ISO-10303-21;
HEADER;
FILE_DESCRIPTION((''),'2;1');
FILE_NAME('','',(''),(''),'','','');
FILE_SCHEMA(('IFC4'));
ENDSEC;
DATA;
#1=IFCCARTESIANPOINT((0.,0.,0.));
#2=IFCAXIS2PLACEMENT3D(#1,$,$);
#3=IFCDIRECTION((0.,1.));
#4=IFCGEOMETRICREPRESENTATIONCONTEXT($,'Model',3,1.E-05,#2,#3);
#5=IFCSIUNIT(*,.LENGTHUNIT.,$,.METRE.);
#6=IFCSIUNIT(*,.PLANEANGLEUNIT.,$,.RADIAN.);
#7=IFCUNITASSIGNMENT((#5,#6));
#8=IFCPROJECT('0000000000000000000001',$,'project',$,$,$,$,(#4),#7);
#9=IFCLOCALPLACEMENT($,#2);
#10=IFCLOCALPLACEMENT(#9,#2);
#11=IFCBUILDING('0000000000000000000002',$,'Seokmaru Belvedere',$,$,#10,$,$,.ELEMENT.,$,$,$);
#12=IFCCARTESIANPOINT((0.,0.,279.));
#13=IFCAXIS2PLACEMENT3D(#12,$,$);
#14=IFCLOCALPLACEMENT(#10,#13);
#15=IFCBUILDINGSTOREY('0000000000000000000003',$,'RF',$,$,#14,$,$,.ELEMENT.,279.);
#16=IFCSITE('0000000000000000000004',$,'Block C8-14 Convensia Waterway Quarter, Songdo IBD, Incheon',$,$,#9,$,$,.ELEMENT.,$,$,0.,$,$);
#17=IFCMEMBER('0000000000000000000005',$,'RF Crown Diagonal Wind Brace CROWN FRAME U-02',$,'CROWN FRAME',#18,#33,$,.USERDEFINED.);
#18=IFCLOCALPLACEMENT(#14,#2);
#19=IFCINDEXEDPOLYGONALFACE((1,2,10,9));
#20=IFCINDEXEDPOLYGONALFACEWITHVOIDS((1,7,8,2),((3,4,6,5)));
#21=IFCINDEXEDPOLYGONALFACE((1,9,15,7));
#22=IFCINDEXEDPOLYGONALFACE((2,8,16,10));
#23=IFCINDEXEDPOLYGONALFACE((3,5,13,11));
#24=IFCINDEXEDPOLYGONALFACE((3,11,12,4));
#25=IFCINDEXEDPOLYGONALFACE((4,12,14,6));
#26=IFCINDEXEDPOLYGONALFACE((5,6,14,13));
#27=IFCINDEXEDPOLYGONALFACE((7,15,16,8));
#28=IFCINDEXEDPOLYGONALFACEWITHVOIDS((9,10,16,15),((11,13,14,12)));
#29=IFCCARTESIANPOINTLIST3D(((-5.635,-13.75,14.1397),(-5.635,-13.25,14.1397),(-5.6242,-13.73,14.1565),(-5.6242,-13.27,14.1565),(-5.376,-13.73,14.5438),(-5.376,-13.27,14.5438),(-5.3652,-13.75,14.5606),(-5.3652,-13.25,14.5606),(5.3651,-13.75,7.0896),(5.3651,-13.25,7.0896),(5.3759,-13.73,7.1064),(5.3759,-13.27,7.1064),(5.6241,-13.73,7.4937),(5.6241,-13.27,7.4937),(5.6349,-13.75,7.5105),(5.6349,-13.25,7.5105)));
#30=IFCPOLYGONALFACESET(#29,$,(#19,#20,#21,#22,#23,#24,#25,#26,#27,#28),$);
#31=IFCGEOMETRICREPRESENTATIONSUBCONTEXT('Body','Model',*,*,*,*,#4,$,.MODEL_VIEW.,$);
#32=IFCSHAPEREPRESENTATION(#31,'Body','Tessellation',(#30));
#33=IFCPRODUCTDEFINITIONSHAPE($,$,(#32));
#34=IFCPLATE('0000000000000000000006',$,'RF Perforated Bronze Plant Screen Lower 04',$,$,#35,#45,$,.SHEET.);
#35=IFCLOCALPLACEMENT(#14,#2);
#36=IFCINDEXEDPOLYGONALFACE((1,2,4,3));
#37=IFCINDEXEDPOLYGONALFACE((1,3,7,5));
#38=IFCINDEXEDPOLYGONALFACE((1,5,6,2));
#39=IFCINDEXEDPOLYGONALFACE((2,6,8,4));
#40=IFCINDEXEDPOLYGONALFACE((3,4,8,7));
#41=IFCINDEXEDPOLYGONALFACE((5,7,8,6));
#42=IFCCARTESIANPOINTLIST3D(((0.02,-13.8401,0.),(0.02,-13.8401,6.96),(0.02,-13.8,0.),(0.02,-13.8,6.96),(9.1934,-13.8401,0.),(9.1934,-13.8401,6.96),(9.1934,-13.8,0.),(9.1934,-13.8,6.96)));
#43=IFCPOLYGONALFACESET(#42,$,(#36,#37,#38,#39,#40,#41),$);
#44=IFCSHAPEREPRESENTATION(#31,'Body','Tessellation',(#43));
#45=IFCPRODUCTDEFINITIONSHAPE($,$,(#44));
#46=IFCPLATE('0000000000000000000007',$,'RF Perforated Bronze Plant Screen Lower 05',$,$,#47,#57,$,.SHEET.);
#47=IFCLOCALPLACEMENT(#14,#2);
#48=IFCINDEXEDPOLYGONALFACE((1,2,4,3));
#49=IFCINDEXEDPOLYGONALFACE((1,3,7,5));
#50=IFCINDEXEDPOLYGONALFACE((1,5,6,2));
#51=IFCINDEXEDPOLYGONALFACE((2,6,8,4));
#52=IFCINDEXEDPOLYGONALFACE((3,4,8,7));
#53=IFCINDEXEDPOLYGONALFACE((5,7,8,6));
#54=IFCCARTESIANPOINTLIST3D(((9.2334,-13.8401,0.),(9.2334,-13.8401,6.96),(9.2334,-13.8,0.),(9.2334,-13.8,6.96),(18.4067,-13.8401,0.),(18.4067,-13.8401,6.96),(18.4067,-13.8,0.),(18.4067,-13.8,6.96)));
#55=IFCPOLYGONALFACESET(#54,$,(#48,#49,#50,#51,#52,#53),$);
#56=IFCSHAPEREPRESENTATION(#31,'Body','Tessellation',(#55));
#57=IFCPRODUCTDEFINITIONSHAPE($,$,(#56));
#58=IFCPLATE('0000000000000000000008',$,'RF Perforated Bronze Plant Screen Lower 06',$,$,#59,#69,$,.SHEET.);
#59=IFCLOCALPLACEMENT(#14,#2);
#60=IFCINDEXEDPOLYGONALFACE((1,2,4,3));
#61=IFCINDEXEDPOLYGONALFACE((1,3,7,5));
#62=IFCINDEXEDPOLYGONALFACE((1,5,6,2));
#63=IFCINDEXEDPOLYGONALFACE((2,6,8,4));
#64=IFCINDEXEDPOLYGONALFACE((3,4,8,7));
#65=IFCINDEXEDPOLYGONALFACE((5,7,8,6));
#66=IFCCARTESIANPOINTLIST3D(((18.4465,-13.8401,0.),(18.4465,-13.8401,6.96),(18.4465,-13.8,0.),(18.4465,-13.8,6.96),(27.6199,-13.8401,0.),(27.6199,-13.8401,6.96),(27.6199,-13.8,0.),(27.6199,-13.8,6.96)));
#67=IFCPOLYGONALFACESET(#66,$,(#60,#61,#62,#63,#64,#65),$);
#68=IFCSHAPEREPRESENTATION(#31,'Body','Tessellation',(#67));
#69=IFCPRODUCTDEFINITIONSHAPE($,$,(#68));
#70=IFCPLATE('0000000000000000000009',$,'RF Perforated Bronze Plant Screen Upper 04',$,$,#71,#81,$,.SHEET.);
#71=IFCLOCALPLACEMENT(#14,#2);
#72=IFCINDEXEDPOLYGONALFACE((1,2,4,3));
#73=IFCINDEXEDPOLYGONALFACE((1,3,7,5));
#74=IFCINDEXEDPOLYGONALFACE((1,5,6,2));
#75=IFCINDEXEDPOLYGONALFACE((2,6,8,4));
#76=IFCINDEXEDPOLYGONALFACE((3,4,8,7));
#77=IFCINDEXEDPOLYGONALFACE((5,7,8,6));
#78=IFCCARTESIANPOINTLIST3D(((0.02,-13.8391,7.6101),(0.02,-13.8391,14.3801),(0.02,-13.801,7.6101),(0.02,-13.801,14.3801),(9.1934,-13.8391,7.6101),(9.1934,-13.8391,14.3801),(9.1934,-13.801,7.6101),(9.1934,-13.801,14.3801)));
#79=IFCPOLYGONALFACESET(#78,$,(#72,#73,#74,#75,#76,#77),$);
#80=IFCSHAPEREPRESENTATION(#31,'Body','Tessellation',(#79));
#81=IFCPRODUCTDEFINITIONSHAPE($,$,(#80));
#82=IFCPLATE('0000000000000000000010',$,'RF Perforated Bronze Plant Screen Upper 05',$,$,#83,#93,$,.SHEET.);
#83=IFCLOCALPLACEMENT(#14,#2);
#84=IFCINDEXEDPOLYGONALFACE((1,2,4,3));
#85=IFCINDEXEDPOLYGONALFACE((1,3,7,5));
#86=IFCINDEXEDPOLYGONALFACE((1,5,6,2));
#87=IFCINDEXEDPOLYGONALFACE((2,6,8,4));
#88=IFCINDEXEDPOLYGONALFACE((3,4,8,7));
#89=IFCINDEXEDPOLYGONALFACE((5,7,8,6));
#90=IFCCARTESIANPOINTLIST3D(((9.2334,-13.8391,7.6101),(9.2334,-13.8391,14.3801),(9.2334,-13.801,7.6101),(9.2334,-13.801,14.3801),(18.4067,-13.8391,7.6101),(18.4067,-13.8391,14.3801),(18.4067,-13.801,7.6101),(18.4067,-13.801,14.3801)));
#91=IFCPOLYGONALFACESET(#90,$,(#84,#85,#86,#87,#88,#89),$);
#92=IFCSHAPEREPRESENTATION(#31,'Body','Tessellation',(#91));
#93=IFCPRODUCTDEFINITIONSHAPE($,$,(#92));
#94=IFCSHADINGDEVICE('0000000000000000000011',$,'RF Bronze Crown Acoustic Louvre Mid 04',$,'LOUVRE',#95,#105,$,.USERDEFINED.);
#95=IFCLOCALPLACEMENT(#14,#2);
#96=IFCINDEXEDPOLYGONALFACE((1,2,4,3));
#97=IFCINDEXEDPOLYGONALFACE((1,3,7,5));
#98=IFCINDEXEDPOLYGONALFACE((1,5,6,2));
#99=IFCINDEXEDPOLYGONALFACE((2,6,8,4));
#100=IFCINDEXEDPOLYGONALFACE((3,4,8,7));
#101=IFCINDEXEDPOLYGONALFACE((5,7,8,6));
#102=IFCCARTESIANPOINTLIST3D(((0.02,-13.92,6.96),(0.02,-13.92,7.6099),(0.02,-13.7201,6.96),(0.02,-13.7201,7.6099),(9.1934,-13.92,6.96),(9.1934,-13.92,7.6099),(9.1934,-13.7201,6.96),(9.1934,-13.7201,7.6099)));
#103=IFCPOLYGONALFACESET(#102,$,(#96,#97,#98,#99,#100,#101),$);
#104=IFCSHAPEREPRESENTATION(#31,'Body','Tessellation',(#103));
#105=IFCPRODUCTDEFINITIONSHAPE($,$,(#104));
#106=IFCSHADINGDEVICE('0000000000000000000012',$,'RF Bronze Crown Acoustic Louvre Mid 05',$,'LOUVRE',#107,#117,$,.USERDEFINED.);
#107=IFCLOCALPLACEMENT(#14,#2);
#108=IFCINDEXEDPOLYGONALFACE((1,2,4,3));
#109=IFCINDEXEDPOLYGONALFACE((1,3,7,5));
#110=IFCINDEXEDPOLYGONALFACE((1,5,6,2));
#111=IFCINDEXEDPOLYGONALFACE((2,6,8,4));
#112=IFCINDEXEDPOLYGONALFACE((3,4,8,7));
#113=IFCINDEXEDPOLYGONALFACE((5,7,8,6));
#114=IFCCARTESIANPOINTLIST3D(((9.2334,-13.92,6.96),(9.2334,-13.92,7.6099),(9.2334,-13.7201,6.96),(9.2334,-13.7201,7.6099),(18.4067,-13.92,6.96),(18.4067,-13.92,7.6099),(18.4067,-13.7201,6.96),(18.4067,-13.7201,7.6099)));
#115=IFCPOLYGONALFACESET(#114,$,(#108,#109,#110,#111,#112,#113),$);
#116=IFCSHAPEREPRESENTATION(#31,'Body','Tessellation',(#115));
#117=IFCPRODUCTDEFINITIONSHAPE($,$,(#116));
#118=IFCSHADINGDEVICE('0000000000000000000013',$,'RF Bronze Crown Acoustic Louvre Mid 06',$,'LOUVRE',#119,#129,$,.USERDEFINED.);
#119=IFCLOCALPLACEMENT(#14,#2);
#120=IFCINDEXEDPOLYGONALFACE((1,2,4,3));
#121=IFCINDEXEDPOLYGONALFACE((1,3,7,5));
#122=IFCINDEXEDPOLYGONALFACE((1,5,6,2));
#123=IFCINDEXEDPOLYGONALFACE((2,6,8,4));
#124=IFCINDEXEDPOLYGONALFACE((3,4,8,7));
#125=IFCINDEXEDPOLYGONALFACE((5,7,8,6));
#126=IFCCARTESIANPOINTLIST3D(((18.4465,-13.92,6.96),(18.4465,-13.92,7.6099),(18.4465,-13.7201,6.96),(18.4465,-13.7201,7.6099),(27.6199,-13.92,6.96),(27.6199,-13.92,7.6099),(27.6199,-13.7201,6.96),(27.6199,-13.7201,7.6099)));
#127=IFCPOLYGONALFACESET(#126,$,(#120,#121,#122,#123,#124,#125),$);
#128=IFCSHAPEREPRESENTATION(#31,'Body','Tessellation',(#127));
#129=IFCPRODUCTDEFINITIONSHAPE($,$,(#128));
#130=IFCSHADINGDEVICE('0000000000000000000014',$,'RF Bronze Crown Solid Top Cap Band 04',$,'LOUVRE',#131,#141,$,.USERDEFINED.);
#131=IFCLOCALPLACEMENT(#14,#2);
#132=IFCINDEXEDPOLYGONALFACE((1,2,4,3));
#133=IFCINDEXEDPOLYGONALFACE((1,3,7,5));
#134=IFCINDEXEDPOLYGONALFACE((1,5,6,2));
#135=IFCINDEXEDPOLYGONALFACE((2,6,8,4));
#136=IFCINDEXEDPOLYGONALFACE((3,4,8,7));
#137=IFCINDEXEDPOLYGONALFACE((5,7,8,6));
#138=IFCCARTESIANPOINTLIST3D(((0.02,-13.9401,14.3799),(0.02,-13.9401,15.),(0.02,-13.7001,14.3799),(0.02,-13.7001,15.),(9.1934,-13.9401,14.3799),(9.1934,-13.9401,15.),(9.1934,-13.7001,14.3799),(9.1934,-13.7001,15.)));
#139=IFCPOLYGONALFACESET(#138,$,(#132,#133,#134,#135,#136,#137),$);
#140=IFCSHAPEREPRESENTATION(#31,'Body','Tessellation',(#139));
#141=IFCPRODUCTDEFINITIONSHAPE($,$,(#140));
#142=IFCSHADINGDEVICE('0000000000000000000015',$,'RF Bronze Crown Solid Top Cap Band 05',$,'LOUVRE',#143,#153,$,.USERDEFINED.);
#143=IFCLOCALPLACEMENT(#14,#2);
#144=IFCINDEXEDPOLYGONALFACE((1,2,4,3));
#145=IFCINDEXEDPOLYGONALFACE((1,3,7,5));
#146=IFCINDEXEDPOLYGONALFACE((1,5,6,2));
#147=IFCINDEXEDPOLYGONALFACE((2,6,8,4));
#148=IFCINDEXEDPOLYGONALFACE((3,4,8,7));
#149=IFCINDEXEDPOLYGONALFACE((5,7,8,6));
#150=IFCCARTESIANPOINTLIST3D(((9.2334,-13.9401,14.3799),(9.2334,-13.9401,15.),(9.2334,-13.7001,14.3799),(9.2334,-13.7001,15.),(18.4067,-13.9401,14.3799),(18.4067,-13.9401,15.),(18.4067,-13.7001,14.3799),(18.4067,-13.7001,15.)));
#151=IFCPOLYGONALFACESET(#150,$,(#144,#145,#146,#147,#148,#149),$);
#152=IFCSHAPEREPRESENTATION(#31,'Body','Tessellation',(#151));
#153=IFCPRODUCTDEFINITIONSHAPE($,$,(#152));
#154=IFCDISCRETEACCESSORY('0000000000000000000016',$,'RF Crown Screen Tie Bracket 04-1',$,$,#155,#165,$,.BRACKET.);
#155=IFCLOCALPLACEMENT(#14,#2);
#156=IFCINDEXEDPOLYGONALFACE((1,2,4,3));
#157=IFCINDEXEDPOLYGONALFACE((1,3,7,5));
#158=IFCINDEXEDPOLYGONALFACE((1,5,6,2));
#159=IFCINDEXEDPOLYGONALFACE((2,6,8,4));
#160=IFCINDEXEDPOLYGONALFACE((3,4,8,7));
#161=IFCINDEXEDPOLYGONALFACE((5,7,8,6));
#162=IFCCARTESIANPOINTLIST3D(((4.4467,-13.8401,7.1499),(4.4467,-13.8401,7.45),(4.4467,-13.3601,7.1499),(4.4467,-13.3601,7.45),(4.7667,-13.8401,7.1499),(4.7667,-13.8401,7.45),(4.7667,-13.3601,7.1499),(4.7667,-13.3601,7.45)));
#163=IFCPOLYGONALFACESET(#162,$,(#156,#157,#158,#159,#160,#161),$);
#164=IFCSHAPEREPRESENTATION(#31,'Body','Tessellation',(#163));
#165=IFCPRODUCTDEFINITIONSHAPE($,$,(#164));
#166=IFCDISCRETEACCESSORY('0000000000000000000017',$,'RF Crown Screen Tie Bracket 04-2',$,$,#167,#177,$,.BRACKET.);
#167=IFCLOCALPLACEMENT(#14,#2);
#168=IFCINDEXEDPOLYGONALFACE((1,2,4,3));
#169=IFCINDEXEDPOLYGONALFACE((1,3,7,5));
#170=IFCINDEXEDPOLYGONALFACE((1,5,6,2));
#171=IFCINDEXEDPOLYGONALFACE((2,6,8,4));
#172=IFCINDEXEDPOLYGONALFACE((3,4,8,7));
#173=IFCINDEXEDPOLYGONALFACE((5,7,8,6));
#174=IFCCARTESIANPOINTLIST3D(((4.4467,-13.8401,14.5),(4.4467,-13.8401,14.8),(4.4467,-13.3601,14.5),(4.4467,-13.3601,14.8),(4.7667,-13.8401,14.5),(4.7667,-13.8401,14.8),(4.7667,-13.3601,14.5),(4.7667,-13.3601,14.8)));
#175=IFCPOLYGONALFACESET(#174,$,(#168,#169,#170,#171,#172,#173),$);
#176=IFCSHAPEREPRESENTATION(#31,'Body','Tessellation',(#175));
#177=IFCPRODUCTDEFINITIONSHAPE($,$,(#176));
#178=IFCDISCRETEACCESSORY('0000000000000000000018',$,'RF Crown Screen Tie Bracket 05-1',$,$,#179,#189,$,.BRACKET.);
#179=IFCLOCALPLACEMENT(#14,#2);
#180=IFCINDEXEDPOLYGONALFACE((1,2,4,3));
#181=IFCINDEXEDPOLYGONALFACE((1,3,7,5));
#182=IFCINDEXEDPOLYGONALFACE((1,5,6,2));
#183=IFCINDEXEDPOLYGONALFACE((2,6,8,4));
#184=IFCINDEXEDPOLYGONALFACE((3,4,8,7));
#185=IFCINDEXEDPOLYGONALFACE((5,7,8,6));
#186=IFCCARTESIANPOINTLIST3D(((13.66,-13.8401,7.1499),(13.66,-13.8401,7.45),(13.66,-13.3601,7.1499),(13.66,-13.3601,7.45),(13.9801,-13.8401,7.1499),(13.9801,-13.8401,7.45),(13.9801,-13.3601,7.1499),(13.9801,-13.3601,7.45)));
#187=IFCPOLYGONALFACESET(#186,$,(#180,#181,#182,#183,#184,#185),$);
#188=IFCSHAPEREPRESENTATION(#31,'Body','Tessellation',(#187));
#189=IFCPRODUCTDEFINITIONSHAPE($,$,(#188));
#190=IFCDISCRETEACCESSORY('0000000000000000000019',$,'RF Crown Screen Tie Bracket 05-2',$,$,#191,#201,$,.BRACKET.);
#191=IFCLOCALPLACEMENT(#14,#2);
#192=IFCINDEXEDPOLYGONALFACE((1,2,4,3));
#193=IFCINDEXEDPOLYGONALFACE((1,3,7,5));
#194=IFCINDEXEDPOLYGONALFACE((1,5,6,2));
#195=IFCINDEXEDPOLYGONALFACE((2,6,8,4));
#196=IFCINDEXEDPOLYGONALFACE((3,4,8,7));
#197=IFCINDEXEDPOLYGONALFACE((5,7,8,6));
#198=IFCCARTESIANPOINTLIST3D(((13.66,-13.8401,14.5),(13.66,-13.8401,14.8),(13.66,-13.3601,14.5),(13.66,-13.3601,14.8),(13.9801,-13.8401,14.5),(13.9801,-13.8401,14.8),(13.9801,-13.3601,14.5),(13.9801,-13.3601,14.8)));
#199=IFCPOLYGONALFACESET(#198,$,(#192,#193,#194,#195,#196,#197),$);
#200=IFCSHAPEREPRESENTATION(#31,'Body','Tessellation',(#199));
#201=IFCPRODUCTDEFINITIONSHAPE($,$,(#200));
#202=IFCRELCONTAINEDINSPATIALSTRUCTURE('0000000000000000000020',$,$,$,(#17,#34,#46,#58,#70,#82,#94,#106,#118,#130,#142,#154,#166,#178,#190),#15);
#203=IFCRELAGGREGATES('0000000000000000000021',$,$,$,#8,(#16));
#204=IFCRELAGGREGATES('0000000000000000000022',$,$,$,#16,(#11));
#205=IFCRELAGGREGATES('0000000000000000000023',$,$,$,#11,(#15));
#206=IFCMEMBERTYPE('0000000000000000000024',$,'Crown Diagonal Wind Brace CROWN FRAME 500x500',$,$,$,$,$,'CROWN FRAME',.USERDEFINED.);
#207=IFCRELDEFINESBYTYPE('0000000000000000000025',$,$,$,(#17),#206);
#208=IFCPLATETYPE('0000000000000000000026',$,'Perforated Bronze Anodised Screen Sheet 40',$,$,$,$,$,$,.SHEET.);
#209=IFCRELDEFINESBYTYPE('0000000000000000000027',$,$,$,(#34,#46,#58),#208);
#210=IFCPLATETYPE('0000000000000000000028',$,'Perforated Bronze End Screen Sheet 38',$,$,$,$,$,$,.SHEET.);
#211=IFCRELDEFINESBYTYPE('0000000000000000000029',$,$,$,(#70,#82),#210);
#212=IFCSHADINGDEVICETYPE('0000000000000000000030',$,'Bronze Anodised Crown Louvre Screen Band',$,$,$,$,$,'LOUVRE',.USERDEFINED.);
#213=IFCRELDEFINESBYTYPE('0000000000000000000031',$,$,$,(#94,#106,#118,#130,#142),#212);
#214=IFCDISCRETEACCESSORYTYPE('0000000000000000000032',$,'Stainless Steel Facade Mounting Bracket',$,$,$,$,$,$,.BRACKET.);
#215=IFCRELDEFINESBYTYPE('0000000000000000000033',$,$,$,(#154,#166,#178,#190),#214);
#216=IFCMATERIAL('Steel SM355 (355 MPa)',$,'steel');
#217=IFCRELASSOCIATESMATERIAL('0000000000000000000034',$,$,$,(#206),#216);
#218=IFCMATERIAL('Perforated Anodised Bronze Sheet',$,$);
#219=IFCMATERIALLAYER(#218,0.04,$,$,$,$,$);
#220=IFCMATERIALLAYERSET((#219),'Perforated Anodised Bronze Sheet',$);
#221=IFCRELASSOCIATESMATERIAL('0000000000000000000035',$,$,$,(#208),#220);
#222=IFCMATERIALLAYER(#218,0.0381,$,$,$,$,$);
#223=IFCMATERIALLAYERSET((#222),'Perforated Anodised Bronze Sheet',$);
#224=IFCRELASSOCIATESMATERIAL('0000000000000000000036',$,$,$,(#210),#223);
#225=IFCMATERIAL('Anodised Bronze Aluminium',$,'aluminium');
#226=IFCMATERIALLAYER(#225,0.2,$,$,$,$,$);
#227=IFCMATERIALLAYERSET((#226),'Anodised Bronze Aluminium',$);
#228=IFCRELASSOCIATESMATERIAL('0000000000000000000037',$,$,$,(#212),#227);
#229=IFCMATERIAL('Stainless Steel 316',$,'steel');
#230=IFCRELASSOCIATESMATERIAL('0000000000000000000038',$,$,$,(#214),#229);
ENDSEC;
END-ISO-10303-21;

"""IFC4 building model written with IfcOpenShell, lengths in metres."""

from ifc_helpers import new_model, si_unit, direction, frame, origin, origin_2d, place, context, subcontext, project, spatial, rectangle, hollow_rectangle, extrude, source, transform, mapped, material, layer, layer_set, material_profile, profile_set, type_object, type_shapes, element, save


model = new_model("IFC4")

# Units and contexts
model_context = context("Model", 3, precision=1e-05, world=origin(), true_north=direction((0.0, 1.0)))
body_context = subcontext(model_context, "Body", "Model", "MODEL_VIEW")
ifc_project = project(units=[si_unit("LENGTHUNIT", "METRE"), si_unit("PLANEANGLEUNIT", "RADIAN")], contexts=[model_context])

# Site, building, storey
site_placement = place(None, origin())
site = spatial("IfcSite", under=ifc_project, at=site_placement, Name="Block C8-14 Convensia Waterway Quarter, Songdo IBD, Incheon", CompositionType="ELEMENT", RefElevation=0.0)
building_placement = place(site_placement, origin())
building = spatial("IfcBuilding", under=site, at=building_placement, Name="Seokmaru Belvedere", CompositionType="ELEMENT")
storey_placement = place(building_placement, frame((0.0, 0.0, 279.0)))
storey = spatial("IfcBuildingStorey", under=building, at=storey_placement, Name="RF", CompositionType="ELEMENT", Elevation=279.0)

# Shared definitions
ifc_material_1 = material(Name="Steel SM355 (355 MPa)", Category="steel")

# Member
ifc_material_profile_1 = material_profile(ifc_material_1, hollow_rectangle(XDim=0.5, YDim=0.5, WallThickness=0.02, at=origin_2d()), Name="HSS-500x500x20")
ifc_profile_set_1 = profile_set([ifc_material_profile_1], Name="Steel SM355 (355 MPa)")
member_type = type_object("IfcMemberType", Name="Crown Diagonal Wind Brace CROWN FRAME 500x500", ElementType="CROWN FRAME", PredefinedType="USERDEFINED", material=ifc_profile_set_1)
shared_shape_1 = source(origin(), body_context, "Body", "SweptSolid", [
    extrude(hollow_rectangle(XDim=0.5, YDim=0.5, WallThickness=0.02, at=origin_2d()), origin(), (0.0, 0.0, 1.0), 13.0654),
])
member_1_placement = place(storey_placement, frame((5.5, -13.5, 7.3), z_axis=(-0.841922, 0.0, 0.539599), x_axis=(0.0, -1.0, 0.0)))
element("IfcMember", 1, at=member_1_placement, inside=storey, type_object=member_type, Name="RF Crown Diagonal Wind Brace CROWN FRAME U-02", ObjectType="CROWN FRAME", PredefinedType="USERDEFINED", context=body_context, shape_type="MappedRepresentation", body=[
    mapped(shared_shape_1, transform((0.0, 0.0, 0.0), scale=1.0)),
])

# Plates
ifc_material_2 = material(Name="Perforated Anodised Bronze Sheet")
ifc_layer_1 = layer(ifc_material_2, 0.04)
ifc_layer_set_1 = layer_set([ifc_layer_1], Name="Perforated Anodised Bronze Sheet")
plate_type_1 = type_object("IfcPlateType", Name="Perforated Bronze Anodised Screen Sheet 40", PredefinedType="SHEET", material=ifc_layer_set_1)
shared_shape_2 = source(origin(), body_context, "Body", "SweptSolid", [
    extrude(rectangle(XDim=9.1733, YDim=0.04, at=origin_2d()), origin(), (0.0, 0.0, 1.0), 6.96),
])
type_shapes(plate_type_1, [shared_shape_2])
for number, where, z_axis, x_axis, name in (
    (2, (4.6067, -13.8201, 0.0), (0.0, 0.0, 1.0), (1.0, 0.0, 0.0), "RF Perforated Bronze Plant Screen Lower 04"),
    (3, (13.8201, -13.8201, 0.0), (0.0, 0.0, 1.0), (1.0, 0.0, 0.0), "RF Perforated Bronze Plant Screen Lower 05"),
    (4, (23.0332, -13.8201, 0.0), (0.0, 0.0, 1.0), (1.0, 0.0, 0.0), "RF Perforated Bronze Plant Screen Lower 06"),
):
    element("IfcPlate", number, at=place(storey_placement, frame(where, z_axis=z_axis, x_axis=x_axis)), inside=storey, type_object=plate_type_1, Name=name, PredefinedType="SHEET", context=body_context, shape_type="MappedRepresentation", body=[
        mapped(shared_shape_2, transform((0.0, 0.0, 0.0), scale=1.0)),
    ])
ifc_layer_2 = layer(ifc_material_2, 0.0381)
ifc_layer_set_2 = layer_set([ifc_layer_2], Name="Perforated Anodised Bronze Sheet")
plate_type_2 = type_object("IfcPlateType", Name="Perforated Bronze End Screen Sheet 38", PredefinedType="SHEET", material=ifc_layer_set_2)
shared_shape_3 = source(origin(), body_context, "Body", "SweptSolid", [
    extrude(rectangle(XDim=9.1733, YDim=0.0381, at=origin_2d()), origin(), (0.0, 0.0, 1.0), 6.77),
])
type_shapes(plate_type_2, [shared_shape_3])
for number, where, z_axis, x_axis, name in (
    (5, (4.6067, -13.8201, 7.6101), (0.0, 0.0, 1.0), (1.0, 0.0, 0.0), "RF Perforated Bronze Plant Screen Upper 04"),
    (6, (13.8201, -13.8201, 7.6101), (0.0, 0.0, 1.0), (1.0, 0.0, 0.0), "RF Perforated Bronze Plant Screen Upper 05"),
):
    element("IfcPlate", number, at=place(storey_placement, frame(where, z_axis=z_axis, x_axis=x_axis)), inside=storey, type_object=plate_type_2, Name=name, PredefinedType="SHEET", context=body_context, shape_type="MappedRepresentation", body=[
        mapped(shared_shape_3, transform((0.0, 0.0, 0.0), scale=1.0)),
    ])

# Shading devices
ifc_material_3 = material(Name="Anodised Bronze Aluminium", Category="aluminium")
ifc_layer_3 = layer(ifc_material_3, 0.2)
ifc_layer_set_3 = layer_set([ifc_layer_3], Name="Anodised Bronze Aluminium")
shading_device_type = type_object("IfcShadingDeviceType", Name="Bronze Anodised Crown Louvre Screen Band", ElementType="LOUVRE", PredefinedType="USERDEFINED", material=ifc_layer_set_3)
shared_shape_4 = source(origin(), body_context, "Body", "SweptSolid", [
    extrude(rectangle(XDim=9.1733, YDim=0.2, at=origin_2d()), origin(), (0.0, 0.0, 1.0), 0.6499),
])
for number, where, z_axis, x_axis, name in (
    (7, (4.6067, -13.8201, 6.96), (0.0, 0.0, 1.0), (1.0, 0.0, 0.0), "RF Bronze Crown Acoustic Louvre Mid 04"),
    (8, (13.8201, -13.8201, 6.96), (0.0, 0.0, 1.0), (1.0, 0.0, 0.0), "RF Bronze Crown Acoustic Louvre Mid 05"),
    (9, (23.0332, -13.8201, 6.96), (0.0, 0.0, 1.0), (1.0, 0.0, 0.0), "RF Bronze Crown Acoustic Louvre Mid 06"),
):
    element("IfcShadingDevice", number, at=place(storey_placement, frame(where, z_axis=z_axis, x_axis=x_axis)), inside=storey, type_object=shading_device_type, Name=name, ObjectType="LOUVRE", PredefinedType="USERDEFINED", context=body_context, shape_type="MappedRepresentation", body=[
        mapped(shared_shape_4, transform((0.0, 0.0, 0.0), scale=1.0)),
    ])
shared_shape_5 = source(origin(), body_context, "Body", "SweptSolid", [
    extrude(rectangle(XDim=9.1733, YDim=0.24, at=origin_2d()), origin(), (0.0, 0.0, 1.0), 0.6201),
])
type_shapes(shading_device_type, [shared_shape_4, shared_shape_5])
for number, where, z_axis, x_axis, name in (
    (10, (4.6067, -13.8201, 14.3799), (0.0, 0.0, 1.0), (1.0, 0.0, 0.0), "RF Bronze Crown Solid Top Cap Band 04"),
    (11, (13.8201, -13.8201, 14.3799), (0.0, 0.0, 1.0), (1.0, 0.0, 0.0), "RF Bronze Crown Solid Top Cap Band 05"),
):
    element("IfcShadingDevice", number, at=place(storey_placement, frame(where, z_axis=z_axis, x_axis=x_axis)), inside=storey, type_object=shading_device_type, Name=name, ObjectType="LOUVRE", PredefinedType="USERDEFINED", context=body_context, shape_type="MappedRepresentation", body=[
        mapped(shared_shape_5, transform((0.0, 0.0, 0.0), scale=1.0)),
    ])

# Discrete accessories
ifc_material_4 = material(Name="Stainless Steel 316", Category="steel")
discrete_accessory_type_1 = type_object("IfcDiscreteAccessoryType", Name="Stainless Steel Facade Mounting Bracket", PredefinedType="BRACKET", material=ifc_material_4)
shared_shape_6 = source(origin(), body_context, "Body", "SweptSolid", [
    extrude(rectangle(XDim=0.3201, YDim=0.48, at=origin_2d()), origin(), (0.0, 0.0, 1.0), 0.3),
])
type_shapes(discrete_accessory_type_1, [shared_shape_6])
for number, where, z_axis, x_axis, name in (
    (12, (4.6067, -13.6001, 7.1499), (0.0, 0.0, 1.0), (1.0, 0.0, 0.0), "RF Crown Screen Tie Bracket 04-1"),
    (13, (4.6067, -13.6001, 14.5), (0.0, 0.0, 1.0), (1.0, 0.0, 0.0), "RF Crown Screen Tie Bracket 04-2"),
    (14, (13.8201, -13.6001, 7.1499), (0.0, 0.0, 1.0), (1.0, 0.0, 0.0), "RF Crown Screen Tie Bracket 05-1"),
    (15, (13.8201, -13.6001, 14.5), (0.0, 0.0, 1.0), (1.0, 0.0, 0.0), "RF Crown Screen Tie Bracket 05-2"),
):
    element("IfcDiscreteAccessory", number, at=place(storey_placement, frame(where, z_axis=z_axis, x_axis=x_axis)), inside=storey, type_object=discrete_accessory_type_1, Name=name, PredefinedType="BRACKET", context=body_context, shape_type="MappedRepresentation", body=[
        mapped(shared_shape_6, transform((0.0, 0.0, 0.0), scale=1.0)),
    ])

save(model, "model.ifc")
